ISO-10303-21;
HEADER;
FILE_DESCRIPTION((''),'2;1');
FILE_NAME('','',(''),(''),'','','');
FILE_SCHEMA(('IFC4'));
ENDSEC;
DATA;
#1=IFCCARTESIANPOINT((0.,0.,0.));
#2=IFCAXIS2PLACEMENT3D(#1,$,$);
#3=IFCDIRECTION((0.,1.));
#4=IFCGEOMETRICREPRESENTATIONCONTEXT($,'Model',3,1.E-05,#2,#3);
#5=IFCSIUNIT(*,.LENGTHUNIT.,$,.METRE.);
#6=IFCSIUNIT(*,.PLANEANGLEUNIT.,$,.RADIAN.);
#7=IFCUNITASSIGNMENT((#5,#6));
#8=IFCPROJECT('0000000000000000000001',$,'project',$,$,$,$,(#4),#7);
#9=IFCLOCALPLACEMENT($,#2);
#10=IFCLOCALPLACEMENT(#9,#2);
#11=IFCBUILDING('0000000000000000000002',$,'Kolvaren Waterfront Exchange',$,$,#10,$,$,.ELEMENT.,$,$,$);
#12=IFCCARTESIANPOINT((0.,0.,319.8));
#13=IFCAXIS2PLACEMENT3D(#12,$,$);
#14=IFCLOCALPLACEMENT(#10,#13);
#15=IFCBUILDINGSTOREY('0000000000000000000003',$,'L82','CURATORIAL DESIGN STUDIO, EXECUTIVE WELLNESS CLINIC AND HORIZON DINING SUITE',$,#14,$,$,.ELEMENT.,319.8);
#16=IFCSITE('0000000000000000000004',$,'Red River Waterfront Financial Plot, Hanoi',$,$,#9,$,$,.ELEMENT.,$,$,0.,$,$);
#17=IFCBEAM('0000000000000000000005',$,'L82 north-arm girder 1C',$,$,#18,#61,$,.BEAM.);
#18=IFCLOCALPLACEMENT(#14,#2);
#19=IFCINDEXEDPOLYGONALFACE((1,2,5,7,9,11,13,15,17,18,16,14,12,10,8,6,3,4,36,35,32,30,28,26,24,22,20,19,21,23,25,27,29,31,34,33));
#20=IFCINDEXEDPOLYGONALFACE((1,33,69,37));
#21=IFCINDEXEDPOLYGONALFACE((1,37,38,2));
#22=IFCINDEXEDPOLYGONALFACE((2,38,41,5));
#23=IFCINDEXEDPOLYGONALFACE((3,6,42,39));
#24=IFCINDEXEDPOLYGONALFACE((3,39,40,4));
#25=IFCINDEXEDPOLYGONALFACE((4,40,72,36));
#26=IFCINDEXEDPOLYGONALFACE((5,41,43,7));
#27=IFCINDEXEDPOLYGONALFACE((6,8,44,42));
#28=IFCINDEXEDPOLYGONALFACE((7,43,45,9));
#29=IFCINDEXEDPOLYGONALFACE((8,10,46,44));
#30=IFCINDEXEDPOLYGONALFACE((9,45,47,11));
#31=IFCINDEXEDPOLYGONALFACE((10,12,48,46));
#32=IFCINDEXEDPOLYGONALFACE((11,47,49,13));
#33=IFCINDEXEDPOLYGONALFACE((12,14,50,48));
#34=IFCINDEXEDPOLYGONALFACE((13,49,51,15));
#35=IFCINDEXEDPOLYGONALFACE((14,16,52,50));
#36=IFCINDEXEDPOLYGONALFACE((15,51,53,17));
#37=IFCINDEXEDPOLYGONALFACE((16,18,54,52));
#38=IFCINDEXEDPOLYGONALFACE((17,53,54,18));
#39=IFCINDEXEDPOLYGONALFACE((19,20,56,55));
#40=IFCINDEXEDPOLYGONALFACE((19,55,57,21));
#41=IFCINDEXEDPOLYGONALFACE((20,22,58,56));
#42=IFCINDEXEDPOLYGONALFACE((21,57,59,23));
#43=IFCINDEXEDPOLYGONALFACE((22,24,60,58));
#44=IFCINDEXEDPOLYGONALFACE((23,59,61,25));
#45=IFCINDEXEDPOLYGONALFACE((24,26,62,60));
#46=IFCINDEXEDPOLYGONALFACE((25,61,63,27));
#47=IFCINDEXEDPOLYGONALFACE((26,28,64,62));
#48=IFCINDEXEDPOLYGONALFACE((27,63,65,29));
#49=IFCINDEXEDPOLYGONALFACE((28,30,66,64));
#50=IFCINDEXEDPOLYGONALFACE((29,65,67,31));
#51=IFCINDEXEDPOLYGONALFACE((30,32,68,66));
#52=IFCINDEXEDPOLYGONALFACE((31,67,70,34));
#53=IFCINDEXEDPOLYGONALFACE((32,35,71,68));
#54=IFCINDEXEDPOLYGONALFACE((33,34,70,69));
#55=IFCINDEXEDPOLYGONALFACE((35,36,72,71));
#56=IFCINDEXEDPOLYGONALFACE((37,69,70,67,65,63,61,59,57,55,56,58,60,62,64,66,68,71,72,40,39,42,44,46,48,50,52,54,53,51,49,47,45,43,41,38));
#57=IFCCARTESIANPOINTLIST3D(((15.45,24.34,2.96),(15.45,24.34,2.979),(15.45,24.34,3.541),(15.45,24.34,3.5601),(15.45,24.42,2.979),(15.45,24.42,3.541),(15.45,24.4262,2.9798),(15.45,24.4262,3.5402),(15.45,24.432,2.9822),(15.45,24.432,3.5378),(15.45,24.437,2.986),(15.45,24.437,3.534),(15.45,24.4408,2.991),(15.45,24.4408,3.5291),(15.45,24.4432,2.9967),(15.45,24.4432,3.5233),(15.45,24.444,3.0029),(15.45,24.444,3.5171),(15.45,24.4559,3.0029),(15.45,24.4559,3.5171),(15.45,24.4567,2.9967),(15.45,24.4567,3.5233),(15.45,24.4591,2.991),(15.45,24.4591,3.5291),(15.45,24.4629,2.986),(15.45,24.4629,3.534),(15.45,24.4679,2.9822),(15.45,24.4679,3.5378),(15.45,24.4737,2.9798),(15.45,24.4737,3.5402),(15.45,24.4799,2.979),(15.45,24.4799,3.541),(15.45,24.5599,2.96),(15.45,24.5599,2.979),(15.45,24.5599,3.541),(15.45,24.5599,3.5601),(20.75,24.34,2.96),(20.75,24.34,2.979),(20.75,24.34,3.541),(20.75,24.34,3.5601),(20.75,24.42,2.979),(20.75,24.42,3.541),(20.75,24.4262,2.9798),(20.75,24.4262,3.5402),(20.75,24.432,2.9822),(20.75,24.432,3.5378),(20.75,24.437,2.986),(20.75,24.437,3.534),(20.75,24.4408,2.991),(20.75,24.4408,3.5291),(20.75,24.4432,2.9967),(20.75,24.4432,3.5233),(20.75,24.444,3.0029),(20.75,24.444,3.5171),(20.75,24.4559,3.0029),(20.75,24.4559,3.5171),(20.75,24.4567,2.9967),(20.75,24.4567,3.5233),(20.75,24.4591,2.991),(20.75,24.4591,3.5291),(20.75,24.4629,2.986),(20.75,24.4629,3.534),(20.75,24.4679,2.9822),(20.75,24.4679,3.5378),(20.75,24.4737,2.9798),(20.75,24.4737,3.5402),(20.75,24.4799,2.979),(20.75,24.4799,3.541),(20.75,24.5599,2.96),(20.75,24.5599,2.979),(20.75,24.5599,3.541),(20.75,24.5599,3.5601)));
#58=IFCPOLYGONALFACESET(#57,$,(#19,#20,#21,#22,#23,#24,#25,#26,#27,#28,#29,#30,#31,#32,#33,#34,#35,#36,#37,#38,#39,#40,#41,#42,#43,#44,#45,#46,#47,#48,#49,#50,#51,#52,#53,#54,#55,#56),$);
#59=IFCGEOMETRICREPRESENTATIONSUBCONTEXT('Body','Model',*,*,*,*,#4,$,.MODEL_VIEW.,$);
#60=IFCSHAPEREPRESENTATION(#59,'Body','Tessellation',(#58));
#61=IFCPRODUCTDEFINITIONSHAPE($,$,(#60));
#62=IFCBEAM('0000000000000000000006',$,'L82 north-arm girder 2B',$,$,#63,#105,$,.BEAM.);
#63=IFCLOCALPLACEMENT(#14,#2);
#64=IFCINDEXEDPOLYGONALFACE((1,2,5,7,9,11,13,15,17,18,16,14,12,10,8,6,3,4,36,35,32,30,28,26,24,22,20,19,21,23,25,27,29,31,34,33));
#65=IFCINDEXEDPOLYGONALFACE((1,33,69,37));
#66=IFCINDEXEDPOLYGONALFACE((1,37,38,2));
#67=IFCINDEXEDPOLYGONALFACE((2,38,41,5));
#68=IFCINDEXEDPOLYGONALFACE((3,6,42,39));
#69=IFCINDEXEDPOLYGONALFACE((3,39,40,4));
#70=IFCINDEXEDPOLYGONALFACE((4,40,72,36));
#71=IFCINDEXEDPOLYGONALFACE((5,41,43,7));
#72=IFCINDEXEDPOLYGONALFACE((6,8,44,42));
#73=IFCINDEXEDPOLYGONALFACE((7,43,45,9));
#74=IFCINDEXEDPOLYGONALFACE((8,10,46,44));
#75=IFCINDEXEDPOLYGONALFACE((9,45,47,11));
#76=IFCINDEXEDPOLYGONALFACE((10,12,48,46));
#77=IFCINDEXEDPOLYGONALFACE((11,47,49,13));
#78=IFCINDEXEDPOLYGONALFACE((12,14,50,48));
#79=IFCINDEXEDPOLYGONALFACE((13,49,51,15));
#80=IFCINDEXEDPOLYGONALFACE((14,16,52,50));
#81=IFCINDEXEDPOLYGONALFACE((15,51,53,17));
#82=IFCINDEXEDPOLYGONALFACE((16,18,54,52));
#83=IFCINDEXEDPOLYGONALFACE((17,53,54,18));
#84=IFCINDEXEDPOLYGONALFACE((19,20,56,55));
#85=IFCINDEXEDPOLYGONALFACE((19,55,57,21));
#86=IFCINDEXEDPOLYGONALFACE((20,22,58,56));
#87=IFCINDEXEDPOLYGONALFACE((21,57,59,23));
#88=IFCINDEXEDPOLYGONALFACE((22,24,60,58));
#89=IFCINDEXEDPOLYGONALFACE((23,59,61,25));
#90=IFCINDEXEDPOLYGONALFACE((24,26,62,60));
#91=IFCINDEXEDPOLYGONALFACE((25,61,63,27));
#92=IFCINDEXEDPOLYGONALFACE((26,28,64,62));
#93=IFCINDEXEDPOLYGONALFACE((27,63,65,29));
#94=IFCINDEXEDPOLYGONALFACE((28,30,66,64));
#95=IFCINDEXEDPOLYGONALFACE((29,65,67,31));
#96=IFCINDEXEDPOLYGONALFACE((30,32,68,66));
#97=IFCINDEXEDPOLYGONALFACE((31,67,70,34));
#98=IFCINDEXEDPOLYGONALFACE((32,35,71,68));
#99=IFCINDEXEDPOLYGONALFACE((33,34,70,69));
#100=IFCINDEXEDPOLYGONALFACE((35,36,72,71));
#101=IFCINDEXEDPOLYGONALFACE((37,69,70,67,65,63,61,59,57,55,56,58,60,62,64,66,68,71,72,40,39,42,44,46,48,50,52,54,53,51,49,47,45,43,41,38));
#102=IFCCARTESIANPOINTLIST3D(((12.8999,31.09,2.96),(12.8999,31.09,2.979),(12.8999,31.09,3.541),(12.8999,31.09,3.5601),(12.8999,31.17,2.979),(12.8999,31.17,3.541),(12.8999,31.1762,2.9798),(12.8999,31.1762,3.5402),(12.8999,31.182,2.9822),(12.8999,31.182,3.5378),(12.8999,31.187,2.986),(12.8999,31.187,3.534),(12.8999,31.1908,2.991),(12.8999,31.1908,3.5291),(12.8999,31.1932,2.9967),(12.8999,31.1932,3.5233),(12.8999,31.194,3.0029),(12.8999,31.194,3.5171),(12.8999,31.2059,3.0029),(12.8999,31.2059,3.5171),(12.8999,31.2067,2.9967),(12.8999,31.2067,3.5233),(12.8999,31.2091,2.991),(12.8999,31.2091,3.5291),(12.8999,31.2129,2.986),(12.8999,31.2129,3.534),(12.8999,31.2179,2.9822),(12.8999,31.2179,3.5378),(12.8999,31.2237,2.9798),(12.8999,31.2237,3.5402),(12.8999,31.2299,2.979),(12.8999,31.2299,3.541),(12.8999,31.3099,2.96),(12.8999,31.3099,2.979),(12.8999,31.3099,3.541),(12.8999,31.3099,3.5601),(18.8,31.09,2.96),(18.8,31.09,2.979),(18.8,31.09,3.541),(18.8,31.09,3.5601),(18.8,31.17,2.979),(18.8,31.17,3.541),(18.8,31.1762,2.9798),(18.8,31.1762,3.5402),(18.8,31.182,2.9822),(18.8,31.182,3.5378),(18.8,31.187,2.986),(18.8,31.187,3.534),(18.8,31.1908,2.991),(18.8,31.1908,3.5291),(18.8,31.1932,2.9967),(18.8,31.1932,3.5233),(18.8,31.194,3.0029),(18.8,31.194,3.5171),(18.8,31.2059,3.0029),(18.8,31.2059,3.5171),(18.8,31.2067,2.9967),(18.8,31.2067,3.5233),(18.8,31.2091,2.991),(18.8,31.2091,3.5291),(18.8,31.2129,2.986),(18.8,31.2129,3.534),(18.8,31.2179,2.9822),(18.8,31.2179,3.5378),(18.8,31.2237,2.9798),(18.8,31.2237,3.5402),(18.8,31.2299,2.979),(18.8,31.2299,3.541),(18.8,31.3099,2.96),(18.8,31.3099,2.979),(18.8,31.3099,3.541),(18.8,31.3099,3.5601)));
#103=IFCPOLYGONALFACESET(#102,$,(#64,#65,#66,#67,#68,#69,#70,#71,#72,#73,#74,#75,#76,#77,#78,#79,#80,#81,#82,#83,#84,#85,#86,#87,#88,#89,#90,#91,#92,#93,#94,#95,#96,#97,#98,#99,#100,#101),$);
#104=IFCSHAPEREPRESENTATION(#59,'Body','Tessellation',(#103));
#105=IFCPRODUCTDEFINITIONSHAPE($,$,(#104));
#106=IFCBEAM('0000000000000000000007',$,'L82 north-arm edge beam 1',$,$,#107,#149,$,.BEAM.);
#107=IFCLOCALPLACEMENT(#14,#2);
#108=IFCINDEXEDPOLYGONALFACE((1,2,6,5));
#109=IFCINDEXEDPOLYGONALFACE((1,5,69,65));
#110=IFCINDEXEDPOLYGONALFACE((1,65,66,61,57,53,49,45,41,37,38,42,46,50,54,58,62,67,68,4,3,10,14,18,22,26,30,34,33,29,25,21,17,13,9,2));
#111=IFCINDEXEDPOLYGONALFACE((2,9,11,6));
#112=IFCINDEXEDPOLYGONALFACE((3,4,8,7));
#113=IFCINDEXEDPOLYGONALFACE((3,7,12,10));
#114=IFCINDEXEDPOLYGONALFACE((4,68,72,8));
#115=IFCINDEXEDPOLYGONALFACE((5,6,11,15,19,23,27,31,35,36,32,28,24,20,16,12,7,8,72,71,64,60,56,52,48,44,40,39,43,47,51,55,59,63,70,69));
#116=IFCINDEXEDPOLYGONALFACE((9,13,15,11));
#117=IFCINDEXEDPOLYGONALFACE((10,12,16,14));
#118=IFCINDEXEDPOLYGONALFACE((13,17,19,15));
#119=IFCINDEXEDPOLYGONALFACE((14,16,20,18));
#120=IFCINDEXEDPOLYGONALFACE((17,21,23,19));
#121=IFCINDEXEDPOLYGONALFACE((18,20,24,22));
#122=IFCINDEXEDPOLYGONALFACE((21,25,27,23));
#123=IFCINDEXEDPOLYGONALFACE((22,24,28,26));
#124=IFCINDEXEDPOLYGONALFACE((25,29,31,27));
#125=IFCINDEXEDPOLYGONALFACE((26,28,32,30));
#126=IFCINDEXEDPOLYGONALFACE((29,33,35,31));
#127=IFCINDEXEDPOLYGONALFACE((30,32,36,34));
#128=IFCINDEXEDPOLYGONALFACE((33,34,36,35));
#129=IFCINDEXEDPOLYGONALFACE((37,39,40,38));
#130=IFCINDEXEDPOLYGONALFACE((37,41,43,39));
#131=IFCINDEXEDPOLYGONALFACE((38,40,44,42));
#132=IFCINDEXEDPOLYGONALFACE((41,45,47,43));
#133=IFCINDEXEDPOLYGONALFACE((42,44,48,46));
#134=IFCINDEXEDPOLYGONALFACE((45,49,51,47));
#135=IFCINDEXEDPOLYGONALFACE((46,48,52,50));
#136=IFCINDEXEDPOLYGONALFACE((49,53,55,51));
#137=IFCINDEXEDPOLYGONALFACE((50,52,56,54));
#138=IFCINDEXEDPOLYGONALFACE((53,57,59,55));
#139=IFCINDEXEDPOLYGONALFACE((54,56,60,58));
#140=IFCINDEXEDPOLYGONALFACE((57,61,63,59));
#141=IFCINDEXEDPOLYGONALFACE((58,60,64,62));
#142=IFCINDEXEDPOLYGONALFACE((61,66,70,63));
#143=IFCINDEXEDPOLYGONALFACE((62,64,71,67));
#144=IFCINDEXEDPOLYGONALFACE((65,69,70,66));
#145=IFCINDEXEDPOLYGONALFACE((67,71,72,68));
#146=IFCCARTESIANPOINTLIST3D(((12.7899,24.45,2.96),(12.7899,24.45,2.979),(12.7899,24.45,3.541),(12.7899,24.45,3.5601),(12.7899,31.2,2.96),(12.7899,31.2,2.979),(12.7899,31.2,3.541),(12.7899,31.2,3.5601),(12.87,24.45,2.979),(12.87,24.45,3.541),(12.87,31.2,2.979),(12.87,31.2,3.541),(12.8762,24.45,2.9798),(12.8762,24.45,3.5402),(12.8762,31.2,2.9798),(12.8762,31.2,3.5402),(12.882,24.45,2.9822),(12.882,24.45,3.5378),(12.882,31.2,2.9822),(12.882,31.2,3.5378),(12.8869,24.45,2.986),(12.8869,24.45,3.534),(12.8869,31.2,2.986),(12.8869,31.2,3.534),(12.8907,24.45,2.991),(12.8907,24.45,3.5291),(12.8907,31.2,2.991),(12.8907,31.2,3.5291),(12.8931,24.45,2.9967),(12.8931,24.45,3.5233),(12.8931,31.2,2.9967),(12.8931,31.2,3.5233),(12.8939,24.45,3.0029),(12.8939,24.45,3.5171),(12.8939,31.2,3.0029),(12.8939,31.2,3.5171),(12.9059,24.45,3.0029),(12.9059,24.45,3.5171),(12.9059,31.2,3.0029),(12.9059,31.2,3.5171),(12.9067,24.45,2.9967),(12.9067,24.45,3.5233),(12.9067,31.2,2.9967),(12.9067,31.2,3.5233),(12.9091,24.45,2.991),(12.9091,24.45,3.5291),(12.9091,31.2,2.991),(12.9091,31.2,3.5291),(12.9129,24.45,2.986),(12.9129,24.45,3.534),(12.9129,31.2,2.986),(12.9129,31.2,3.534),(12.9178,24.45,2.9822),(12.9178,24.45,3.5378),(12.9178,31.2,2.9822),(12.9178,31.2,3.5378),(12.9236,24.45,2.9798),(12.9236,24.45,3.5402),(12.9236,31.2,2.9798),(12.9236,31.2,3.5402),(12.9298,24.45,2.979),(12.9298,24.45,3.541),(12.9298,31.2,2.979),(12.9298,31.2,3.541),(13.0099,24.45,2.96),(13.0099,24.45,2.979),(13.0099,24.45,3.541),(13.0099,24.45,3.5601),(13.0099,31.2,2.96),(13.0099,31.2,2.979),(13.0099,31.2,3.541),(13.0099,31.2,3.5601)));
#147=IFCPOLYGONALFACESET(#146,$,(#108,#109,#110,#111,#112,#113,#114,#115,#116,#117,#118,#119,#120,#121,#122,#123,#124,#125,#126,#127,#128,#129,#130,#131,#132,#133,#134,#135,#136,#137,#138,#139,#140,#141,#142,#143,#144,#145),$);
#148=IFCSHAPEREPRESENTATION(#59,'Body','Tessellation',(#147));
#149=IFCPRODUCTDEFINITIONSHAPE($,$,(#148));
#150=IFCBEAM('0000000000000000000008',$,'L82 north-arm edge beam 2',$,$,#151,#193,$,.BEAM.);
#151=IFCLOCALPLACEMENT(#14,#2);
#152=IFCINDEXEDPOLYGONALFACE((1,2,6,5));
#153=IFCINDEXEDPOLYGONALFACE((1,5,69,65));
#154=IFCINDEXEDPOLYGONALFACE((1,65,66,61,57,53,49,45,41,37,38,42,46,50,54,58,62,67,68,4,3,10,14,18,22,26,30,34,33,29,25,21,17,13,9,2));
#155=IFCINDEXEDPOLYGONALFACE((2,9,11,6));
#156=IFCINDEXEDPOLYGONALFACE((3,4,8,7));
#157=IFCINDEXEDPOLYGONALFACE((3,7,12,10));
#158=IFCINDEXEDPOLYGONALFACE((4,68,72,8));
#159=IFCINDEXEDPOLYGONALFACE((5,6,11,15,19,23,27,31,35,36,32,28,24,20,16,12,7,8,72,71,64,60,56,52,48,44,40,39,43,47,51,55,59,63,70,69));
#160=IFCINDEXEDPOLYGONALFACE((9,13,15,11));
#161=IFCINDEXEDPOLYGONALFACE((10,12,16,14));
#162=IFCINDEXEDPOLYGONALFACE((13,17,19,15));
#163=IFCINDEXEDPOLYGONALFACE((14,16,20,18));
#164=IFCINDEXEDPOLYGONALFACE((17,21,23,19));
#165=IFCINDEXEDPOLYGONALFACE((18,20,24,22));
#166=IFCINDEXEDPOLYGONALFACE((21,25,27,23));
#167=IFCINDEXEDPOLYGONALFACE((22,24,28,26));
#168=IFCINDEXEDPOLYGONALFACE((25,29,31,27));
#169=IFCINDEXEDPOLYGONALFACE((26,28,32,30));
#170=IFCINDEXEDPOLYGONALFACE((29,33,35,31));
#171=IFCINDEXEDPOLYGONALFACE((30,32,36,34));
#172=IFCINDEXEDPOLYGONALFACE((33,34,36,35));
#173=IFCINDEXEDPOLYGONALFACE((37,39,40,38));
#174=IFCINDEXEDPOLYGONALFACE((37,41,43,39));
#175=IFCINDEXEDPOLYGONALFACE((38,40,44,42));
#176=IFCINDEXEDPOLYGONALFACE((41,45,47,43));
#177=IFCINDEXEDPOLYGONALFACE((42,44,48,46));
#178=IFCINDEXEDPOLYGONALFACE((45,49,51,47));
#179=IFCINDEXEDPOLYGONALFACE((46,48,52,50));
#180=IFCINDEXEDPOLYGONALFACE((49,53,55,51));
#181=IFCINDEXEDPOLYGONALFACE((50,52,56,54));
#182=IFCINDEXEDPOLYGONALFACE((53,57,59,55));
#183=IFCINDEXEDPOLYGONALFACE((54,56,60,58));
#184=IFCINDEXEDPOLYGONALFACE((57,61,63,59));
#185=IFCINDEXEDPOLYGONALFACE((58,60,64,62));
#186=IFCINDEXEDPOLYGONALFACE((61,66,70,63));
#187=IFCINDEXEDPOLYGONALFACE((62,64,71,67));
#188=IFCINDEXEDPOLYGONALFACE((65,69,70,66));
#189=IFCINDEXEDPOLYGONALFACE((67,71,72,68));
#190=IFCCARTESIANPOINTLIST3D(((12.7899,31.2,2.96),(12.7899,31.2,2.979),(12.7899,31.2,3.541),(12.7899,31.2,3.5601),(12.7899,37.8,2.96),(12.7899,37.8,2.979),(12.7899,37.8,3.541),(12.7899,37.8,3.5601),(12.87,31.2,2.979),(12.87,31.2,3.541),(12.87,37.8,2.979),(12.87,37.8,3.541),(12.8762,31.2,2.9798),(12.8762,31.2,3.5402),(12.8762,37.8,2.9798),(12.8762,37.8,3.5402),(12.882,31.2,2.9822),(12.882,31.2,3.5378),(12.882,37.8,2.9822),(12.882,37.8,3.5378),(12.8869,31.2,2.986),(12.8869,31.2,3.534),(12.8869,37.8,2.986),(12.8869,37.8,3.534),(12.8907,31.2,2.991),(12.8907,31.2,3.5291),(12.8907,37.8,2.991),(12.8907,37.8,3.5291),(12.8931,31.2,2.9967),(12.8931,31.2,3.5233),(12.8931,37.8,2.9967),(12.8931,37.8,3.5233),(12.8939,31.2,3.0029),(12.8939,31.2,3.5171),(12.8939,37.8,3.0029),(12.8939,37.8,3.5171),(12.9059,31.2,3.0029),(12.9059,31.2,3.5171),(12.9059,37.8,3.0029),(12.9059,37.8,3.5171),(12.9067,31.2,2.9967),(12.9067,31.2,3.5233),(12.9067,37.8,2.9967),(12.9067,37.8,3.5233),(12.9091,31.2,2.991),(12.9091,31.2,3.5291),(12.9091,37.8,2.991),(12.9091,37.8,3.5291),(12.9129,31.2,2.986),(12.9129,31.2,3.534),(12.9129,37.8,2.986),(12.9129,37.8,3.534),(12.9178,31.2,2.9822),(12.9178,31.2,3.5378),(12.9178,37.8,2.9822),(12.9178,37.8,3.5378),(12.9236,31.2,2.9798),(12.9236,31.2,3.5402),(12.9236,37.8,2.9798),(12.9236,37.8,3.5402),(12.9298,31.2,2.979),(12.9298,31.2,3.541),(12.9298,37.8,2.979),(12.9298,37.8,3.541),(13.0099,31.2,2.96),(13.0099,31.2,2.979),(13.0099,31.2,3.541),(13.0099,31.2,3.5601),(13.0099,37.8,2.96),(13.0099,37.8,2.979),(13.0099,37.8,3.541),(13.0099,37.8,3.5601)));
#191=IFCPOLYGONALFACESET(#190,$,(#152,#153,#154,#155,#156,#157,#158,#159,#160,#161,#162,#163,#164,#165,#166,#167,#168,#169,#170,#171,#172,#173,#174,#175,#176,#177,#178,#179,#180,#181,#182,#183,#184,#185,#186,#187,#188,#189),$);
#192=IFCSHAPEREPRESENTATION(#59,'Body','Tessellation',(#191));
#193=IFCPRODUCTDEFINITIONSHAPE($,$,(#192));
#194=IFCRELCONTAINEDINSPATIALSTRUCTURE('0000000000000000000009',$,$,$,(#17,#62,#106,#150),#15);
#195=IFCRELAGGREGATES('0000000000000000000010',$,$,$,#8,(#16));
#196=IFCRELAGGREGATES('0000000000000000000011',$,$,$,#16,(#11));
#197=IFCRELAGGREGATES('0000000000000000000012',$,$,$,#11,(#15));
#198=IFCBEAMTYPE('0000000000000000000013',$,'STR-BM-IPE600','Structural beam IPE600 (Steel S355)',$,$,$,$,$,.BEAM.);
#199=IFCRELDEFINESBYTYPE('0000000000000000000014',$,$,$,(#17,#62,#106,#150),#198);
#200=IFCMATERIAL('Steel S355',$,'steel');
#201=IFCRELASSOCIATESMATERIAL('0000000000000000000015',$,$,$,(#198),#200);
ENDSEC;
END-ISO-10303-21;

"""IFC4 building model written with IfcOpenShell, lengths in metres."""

from ifc_helpers import new_model, si_unit, direction, frame, origin, origin_2d, place, context, subcontext, project, spatial, i_section, extrude, material, material_profile, profile_set, type_object, element, save


model = new_model("IFC4")

# Units and contexts
model_context = context("Model", 3, precision=1e-05, world=origin(), true_north=direction((0.0, 1.0)))
body_context = subcontext(model_context, "Body", "Model", "MODEL_VIEW")
ifc_project = project(units=[si_unit("LENGTHUNIT", "METRE"), si_unit("PLANEANGLEUNIT", "RADIAN")], contexts=[model_context])

# Site, building, storey
site_placement = place(None, origin())
site = spatial("IfcSite", under=ifc_project, at=site_placement, Name="Red River Waterfront Financial Plot, Hanoi", CompositionType="ELEMENT", RefElevation=0.0)
building_placement = place(site_placement, origin())
building = spatial("IfcBuilding", under=site, at=building_placement, Name="Kolvaren Waterfront Exchange", CompositionType="ELEMENT")
storey_placement = place(building_placement, frame((0.0, 0.0, 319.8)))
storey = spatial("IfcBuildingStorey", under=building, at=storey_placement, Name="L82", Description="CURATORIAL DESIGN STUDIO, EXECUTIVE WELLNESS CLINIC AND HORIZON DINING SUITE", CompositionType="ELEMENT", Elevation=319.8)

# Beams
ifc_material_1 = material(Name="Steel S355", Category="steel")
ifc_material_profile_1 = material_profile(ifc_material_1, i_section(OverallWidth=0.22, OverallDepth=0.6001, WebThickness=0.012, FlangeThickness=0.019, FilletRadius=0.0239, at=origin_2d()), Name="IPE600")
ifc_profile_set_1 = profile_set([ifc_material_profile_1], Name="Steel S355")
beam_type_1 = type_object("IfcBeamType", Name="STR-BM-IPE600", Description="Structural beam IPE600 (Steel S355)", PredefinedType="BEAM", material=ifc_profile_set_1)
beam_1_placement = place(storey_placement, frame((15.45, 24.45, 3.26), z_axis=(1.0, 0.0, 0.0), x_axis=(0.0, 1.0, 0.0)))
element("IfcBeam", 1, at=beam_1_placement, inside=storey, type_object=beam_type_1, Name="L82 north-arm girder 1C", PredefinedType="BEAM", context=body_context, shape_type="SweptSolid", body=[
    extrude(i_section(OverallWidth=0.22, OverallDepth=0.6001, WebThickness=0.012, FlangeThickness=0.019, FilletRadius=0.0239, at=origin_2d()), origin(), (0.0, 0.0, 1.0), 5.3),
])
beam_2_placement = place(storey_placement, frame((12.8999, 31.2, 3.26), z_axis=(1.0, 0.0, 0.0), x_axis=(0.0, 1.0, 0.0)))
element("IfcBeam", 2, at=beam_2_placement, inside=storey, type_object=beam_type_1, Name="L82 north-arm girder 2B", PredefinedType="BEAM", context=body_context, shape_type="SweptSolid", body=[
    extrude(i_section(OverallWidth=0.22, OverallDepth=0.6001, WebThickness=0.012, FlangeThickness=0.019, FilletRadius=0.0239, at=origin_2d()), origin(), (0.0, 0.0, 1.0), 5.9001),
])
beam_3_placement = place(storey_placement, frame((12.8999, 24.45, 3.26), z_axis=(0.0, 1.0, 0.0), x_axis=(-1.0, 0.0, 0.0)))
element("IfcBeam", 3, at=beam_3_placement, inside=storey, type_object=beam_type_1, Name="L82 north-arm edge beam 1", PredefinedType="BEAM", context=body_context, shape_type="SweptSolid", body=[
    extrude(i_section(OverallWidth=0.22, OverallDepth=0.6001, WebThickness=0.012, FlangeThickness=0.019, FilletRadius=0.0239, at=origin_2d()), origin(), (0.0, 0.0, 1.0), 6.75),
])
beam_4_placement = place(storey_placement, frame((12.8999, 31.2, 3.26), z_axis=(0.0, 1.0, 0.0), x_axis=(-1.0, 0.0, 0.0)))
element("IfcBeam", 4, at=beam_4_placement, inside=storey, type_object=beam_type_1, Name="L82 north-arm edge beam 2", PredefinedType="BEAM", context=body_context, shape_type="SweptSolid", body=[
    extrude(i_section(OverallWidth=0.22, OverallDepth=0.6001, WebThickness=0.012, FlangeThickness=0.019, FilletRadius=0.0239, at=origin_2d()), origin(), (0.0, 0.0, 1.0), 6.6001),
])

save(model, "model.ifc")
